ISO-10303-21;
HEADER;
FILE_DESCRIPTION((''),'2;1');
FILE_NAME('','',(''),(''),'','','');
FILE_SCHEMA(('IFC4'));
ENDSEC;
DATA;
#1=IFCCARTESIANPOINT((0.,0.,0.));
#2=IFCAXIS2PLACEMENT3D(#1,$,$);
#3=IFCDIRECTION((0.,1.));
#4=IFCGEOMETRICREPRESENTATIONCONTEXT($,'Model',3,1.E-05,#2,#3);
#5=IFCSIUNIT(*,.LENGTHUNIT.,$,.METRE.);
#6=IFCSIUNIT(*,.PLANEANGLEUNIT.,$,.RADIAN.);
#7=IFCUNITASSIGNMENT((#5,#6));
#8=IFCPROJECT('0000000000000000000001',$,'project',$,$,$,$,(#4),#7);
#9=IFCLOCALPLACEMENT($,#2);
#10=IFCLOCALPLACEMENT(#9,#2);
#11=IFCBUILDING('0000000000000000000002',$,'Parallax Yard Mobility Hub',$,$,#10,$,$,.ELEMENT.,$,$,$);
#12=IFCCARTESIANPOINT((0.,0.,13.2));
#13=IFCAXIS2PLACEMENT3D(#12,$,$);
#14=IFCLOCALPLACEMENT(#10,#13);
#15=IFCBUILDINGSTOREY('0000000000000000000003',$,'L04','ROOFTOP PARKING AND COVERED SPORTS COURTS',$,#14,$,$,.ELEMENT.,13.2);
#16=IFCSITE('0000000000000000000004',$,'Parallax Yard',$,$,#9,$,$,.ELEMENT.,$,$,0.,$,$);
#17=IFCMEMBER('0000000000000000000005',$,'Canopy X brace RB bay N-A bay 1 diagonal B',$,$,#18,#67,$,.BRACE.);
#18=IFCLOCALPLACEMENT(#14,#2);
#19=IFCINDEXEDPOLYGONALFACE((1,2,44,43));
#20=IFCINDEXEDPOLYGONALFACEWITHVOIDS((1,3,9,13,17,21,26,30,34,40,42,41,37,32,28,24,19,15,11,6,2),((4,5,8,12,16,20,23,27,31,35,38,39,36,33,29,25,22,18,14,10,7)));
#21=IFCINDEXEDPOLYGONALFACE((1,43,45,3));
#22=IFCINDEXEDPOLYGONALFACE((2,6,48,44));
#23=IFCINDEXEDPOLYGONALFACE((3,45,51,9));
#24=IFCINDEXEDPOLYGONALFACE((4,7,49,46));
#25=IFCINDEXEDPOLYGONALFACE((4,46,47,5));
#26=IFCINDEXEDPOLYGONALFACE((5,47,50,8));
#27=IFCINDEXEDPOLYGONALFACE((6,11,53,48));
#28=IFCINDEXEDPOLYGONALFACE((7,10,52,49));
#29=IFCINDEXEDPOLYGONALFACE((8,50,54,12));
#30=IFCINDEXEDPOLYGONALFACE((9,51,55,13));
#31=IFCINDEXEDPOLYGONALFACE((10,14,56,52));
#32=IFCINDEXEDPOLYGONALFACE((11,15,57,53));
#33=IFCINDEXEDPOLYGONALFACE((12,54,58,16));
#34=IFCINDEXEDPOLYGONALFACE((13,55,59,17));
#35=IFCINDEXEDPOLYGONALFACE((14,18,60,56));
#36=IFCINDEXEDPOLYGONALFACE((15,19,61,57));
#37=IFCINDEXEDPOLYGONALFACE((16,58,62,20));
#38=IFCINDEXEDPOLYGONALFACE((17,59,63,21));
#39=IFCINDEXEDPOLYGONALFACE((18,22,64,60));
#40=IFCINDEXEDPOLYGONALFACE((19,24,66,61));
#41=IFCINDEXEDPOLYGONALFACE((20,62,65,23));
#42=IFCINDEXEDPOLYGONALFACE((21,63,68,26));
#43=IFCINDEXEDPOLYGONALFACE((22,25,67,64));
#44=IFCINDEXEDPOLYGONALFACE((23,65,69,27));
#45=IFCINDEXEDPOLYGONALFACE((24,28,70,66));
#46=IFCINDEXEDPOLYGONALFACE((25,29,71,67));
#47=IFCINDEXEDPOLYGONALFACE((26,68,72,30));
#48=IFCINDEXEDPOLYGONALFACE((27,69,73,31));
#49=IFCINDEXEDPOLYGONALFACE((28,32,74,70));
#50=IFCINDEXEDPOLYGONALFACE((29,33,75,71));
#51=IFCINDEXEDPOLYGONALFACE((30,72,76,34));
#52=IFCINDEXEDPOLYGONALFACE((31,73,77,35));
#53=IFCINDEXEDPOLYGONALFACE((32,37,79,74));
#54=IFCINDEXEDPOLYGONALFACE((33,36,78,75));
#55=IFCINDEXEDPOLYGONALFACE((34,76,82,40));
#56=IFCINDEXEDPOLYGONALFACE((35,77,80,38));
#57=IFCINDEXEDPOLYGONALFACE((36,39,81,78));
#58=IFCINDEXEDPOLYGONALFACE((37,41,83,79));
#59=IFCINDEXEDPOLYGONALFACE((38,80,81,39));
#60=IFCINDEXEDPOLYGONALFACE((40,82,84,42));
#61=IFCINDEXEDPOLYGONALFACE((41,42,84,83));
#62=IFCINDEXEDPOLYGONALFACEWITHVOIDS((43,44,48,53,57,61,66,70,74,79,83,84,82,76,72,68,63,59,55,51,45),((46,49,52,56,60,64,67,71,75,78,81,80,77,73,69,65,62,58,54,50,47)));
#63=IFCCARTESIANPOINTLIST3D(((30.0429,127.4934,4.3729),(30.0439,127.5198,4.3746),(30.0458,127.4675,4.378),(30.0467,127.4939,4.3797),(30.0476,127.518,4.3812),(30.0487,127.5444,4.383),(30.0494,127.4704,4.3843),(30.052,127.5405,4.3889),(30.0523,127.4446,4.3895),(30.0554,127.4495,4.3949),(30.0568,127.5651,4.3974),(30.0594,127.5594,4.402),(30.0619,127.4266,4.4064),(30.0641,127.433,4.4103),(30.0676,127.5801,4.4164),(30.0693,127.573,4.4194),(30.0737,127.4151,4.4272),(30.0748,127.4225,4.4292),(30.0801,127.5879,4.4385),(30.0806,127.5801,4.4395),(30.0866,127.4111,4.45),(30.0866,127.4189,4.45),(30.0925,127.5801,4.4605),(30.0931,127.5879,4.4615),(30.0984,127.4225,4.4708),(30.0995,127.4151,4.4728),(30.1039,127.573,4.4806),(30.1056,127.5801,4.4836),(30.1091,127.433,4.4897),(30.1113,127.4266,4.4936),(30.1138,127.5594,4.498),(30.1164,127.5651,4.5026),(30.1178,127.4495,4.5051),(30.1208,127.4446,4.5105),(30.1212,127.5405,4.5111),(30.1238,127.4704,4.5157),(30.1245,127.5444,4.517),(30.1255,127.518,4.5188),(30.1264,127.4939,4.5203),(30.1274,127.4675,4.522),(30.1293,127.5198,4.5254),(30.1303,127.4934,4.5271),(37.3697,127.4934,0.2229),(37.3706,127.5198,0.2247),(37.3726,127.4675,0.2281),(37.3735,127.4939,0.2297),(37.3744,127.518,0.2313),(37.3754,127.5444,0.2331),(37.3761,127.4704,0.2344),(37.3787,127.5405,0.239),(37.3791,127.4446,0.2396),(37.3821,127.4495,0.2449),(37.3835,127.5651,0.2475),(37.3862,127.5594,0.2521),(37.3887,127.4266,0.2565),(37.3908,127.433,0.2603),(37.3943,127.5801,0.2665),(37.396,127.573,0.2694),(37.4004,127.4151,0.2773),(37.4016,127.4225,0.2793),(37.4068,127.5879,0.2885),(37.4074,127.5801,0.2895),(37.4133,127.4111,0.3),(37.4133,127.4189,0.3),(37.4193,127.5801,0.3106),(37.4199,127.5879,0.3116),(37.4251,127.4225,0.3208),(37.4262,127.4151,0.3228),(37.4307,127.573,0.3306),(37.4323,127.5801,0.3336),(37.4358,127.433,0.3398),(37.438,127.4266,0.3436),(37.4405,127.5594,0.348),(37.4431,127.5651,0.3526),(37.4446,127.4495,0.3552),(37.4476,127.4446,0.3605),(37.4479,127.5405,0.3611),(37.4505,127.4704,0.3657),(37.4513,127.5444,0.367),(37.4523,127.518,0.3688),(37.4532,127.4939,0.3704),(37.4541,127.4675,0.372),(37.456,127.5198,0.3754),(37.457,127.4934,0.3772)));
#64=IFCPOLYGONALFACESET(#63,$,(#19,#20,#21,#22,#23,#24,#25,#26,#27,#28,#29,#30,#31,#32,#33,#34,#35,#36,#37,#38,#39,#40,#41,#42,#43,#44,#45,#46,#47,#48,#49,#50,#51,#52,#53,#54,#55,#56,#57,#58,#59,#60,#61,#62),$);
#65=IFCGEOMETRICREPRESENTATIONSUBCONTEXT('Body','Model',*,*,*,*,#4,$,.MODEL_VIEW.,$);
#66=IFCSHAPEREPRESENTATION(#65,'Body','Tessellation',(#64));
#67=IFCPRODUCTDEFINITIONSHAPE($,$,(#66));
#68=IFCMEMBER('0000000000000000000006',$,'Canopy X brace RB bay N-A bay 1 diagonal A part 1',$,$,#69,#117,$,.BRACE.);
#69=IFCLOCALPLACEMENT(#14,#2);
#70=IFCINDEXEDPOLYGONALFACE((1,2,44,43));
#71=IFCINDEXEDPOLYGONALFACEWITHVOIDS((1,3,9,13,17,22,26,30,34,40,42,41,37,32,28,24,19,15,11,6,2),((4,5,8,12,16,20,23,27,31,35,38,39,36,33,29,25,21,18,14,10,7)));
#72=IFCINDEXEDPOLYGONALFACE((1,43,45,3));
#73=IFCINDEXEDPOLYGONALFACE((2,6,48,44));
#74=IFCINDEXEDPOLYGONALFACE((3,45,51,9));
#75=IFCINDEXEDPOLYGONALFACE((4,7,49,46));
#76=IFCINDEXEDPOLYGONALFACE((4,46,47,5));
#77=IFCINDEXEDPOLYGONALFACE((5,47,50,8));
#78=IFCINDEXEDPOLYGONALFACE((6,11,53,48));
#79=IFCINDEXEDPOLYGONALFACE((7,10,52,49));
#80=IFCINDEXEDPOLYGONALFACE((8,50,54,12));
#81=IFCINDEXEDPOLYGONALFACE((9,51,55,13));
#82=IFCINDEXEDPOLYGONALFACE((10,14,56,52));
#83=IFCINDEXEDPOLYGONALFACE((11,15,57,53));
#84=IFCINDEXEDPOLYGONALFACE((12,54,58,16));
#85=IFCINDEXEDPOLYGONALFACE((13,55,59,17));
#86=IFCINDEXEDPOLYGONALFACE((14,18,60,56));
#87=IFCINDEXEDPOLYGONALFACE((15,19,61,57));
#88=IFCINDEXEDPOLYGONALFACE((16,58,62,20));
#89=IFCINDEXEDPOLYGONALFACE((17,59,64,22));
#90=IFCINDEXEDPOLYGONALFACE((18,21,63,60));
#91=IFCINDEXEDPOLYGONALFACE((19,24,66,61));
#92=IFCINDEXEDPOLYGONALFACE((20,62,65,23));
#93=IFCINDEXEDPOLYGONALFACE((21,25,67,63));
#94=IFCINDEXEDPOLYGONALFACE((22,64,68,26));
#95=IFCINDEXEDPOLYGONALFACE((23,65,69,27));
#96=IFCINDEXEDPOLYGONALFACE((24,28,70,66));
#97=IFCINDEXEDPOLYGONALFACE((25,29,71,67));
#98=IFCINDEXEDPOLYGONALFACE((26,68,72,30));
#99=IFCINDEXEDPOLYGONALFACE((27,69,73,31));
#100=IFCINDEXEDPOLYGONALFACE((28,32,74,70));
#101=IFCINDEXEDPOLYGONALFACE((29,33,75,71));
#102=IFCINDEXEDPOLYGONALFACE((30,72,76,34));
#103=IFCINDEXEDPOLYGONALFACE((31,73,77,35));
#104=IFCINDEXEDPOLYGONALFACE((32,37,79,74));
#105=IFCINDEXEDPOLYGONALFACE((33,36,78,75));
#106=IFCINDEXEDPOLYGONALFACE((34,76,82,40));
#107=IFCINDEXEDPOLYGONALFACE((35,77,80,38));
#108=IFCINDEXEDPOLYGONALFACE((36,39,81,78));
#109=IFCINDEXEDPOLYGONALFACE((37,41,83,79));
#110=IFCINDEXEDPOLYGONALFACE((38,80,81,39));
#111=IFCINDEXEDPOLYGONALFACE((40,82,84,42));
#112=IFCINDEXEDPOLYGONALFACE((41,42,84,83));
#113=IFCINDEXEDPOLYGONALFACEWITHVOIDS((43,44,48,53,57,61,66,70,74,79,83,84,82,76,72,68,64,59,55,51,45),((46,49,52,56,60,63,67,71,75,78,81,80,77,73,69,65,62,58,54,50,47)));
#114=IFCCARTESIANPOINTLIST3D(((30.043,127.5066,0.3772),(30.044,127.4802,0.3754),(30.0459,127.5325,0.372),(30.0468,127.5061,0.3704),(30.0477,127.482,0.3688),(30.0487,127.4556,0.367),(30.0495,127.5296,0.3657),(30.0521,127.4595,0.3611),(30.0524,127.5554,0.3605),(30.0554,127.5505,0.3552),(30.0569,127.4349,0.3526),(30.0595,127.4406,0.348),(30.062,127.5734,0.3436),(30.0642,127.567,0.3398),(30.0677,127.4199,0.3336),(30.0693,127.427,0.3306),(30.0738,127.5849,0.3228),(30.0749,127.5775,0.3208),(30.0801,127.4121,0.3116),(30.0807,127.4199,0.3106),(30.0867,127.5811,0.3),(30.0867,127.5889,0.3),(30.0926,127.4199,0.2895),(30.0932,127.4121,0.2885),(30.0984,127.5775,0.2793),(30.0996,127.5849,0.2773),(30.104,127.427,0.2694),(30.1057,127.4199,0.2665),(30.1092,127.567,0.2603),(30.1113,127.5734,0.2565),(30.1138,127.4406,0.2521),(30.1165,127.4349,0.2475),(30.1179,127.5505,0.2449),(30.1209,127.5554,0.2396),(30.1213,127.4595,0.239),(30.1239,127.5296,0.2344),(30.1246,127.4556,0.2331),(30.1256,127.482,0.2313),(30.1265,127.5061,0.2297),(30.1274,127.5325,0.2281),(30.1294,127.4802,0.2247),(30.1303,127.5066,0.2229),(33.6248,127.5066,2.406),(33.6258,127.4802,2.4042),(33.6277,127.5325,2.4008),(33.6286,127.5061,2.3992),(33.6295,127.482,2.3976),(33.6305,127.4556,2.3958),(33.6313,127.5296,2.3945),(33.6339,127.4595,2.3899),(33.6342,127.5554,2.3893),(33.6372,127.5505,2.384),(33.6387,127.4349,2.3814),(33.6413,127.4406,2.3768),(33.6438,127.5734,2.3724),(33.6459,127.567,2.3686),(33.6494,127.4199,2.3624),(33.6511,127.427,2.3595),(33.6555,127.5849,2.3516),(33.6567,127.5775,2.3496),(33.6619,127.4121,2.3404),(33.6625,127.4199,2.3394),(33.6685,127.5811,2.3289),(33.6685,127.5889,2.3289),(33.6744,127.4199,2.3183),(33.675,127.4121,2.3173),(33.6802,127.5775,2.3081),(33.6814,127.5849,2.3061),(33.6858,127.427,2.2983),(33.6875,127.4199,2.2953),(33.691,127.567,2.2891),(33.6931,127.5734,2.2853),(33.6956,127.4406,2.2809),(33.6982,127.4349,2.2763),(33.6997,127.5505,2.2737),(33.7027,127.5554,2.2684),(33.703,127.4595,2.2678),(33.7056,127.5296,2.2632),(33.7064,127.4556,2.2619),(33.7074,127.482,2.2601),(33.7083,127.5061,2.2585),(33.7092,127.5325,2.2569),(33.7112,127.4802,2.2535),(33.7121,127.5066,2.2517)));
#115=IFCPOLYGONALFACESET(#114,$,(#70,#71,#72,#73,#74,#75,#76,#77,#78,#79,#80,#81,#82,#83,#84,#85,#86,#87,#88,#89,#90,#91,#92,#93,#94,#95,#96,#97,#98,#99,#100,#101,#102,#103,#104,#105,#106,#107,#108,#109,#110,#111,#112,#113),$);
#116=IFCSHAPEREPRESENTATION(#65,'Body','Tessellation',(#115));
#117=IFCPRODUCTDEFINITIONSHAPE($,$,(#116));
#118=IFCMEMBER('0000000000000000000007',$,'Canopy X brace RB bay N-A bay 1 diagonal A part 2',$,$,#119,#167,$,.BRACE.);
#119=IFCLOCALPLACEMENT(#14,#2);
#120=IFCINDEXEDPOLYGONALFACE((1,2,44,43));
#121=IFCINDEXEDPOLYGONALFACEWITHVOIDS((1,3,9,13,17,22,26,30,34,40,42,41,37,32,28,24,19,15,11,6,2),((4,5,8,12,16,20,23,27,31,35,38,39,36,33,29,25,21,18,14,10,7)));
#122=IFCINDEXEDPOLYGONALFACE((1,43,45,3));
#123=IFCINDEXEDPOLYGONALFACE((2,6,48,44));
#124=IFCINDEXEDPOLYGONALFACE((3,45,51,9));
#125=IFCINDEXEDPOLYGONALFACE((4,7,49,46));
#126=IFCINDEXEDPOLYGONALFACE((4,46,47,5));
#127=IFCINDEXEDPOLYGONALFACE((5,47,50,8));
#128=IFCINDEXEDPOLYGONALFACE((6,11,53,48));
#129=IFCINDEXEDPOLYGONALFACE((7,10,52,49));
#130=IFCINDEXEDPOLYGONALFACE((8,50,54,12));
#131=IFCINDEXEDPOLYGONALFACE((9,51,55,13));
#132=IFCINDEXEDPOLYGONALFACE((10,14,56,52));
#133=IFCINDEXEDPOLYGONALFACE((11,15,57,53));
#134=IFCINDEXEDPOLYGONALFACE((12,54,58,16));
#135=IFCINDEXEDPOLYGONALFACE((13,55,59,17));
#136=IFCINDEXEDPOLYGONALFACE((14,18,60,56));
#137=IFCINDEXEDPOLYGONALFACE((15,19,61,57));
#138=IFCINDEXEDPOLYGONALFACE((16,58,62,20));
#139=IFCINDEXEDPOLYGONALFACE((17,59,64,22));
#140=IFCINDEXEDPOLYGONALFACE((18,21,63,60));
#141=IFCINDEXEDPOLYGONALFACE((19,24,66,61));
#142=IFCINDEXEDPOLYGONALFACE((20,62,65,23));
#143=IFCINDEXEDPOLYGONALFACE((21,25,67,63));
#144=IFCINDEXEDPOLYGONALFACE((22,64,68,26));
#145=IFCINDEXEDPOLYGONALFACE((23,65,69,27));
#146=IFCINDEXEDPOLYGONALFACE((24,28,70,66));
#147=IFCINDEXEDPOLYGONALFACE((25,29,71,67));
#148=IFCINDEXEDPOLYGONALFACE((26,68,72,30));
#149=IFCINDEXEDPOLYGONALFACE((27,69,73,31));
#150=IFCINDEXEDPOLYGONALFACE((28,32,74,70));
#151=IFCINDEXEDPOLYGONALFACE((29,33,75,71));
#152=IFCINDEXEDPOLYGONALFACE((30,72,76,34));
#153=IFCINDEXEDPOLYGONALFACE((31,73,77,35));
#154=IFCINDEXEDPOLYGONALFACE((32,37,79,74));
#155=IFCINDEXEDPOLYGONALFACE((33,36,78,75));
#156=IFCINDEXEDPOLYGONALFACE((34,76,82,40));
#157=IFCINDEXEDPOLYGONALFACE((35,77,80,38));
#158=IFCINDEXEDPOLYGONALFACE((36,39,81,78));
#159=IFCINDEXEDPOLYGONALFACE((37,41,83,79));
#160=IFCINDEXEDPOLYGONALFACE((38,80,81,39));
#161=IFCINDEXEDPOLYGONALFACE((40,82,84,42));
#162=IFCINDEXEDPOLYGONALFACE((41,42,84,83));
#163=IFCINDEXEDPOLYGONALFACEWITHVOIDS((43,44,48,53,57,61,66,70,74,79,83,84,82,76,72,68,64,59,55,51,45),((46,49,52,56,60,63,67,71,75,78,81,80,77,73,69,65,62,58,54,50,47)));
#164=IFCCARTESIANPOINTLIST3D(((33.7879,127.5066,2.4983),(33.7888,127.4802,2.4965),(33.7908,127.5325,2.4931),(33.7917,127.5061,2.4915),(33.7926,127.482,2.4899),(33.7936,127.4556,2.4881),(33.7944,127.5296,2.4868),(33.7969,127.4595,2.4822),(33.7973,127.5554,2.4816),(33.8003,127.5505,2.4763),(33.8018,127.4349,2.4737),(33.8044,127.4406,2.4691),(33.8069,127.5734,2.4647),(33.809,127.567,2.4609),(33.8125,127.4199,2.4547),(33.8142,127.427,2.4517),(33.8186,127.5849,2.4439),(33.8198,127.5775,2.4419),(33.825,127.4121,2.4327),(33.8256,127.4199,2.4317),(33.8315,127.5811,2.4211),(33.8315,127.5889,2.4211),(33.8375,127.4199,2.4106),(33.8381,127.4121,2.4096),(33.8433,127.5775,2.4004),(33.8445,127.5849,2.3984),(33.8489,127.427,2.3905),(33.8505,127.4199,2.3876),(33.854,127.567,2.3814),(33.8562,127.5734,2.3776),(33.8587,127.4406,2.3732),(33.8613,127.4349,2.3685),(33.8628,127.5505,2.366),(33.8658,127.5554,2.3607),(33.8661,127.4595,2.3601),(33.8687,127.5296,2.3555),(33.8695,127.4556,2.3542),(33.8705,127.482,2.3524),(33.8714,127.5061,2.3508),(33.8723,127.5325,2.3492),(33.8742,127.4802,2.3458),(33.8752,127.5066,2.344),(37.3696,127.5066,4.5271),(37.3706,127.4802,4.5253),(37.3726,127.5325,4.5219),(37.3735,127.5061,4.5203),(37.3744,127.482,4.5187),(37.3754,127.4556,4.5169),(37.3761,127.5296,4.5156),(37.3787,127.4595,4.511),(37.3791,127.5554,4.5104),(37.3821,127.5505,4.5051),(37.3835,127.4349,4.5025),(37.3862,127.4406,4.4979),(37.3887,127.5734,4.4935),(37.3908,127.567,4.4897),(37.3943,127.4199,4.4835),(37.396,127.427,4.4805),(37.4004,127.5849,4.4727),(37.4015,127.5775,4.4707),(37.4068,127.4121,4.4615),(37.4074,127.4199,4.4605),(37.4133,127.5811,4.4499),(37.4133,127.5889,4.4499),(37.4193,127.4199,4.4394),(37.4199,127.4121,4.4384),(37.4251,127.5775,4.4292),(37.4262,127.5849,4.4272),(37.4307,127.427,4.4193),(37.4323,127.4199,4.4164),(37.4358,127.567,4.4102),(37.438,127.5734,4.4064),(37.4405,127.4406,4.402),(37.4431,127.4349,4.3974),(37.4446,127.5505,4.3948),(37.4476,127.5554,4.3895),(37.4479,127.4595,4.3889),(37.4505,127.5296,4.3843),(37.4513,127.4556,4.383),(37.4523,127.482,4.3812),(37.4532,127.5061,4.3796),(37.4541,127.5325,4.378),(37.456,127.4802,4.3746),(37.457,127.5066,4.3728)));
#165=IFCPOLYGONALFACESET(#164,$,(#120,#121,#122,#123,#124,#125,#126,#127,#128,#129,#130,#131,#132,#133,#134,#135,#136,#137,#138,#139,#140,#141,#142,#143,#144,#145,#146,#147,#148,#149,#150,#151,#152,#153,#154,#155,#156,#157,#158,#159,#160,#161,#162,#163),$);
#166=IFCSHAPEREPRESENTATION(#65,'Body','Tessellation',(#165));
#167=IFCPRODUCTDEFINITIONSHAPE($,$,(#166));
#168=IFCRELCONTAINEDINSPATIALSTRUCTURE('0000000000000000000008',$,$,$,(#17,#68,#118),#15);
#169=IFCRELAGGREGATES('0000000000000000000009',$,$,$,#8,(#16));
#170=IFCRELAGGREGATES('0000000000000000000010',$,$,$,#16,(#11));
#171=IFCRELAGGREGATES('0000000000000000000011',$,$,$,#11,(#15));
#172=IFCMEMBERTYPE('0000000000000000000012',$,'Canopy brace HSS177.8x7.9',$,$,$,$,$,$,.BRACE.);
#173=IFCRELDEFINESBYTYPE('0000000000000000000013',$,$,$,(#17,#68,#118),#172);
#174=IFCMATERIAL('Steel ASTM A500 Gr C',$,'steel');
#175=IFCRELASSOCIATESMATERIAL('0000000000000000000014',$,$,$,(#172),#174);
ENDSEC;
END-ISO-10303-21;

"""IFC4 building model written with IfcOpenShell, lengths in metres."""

from ifc_helpers import new_model, si_unit, direction, frame, origin, origin_2d, place, context, subcontext, project, spatial, hollow_circle, extrude, material, material_profile, profile_set, type_object, element, save


model = new_model("IFC4")

# Units and contexts
model_context = context("Model", 3, precision=1e-05, world=origin(), true_north=direction((0.0, 1.0)))
body_context = subcontext(model_context, "Body", "Model", "MODEL_VIEW")
ifc_project = project(units=[si_unit("LENGTHUNIT", "METRE"), si_unit("PLANEANGLEUNIT", "RADIAN")], contexts=[model_context])

# Site, building, storey
site_placement = place(None, origin())
site = spatial("IfcSite", under=ifc_project, at=site_placement, Name="Parallax Yard", CompositionType="ELEMENT", RefElevation=0.0)
building_placement = place(site_placement, origin())
building = spatial("IfcBuilding", under=site, at=building_placement, Name="Parallax Yard Mobility Hub", CompositionType="ELEMENT")
storey_placement = place(building_placement, frame((0.0, 0.0, 13.2)))
storey = spatial("IfcBuildingStorey", under=building, at=storey_placement, Name="L04", Description="ROOFTOP PARKING AND COVERED SPORTS COURTS", CompositionType="ELEMENT", Elevation=13.2)

# Members
ifc_material_1 = material(Name="Steel ASTM A500 Gr C", Category="steel")
ifc_material_profile_1 = material_profile(ifc_material_1, hollow_circle(Radius=0.0889, WallThickness=0.0078, at=origin_2d()), Name="HSS177.8x7.9")
ifc_profile_set_1 = profile_set([ifc_material_profile_1], Name="Steel ASTM A500 Gr C")
member_type_1 = type_object("IfcMemberType", Name="Canopy brace HSS177.8x7.9", PredefinedType="BRACE", material=ifc_profile_set_1)
member_1_placement = place(storey_placement, frame((37.4133, 127.5, 0.3), z_axis=(-0.870118, 0.0, 0.492844), x_axis=(0.0, -1.0, 0.0)))
element("IfcMember", 1, at=member_1_placement, inside=storey, type_object=member_type_1, Name="Canopy X brace RB bay N-A bay 1 diagonal B", PredefinedType="BRACE", context=body_context, shape_type="SweptSolid", body=[
    extrude(hollow_circle(Radius=0.0889, WallThickness=0.0078, at=origin_2d()), origin(), (0.0, 0.0, 1.0), 8.4204),
])
for number, where, z_axis, x_axis, name in (
    (2, (30.0867, 127.5, 0.3), (0.870113, 0.0, 0.492852), (0.0, 1.0, 0.0), "Canopy X brace RB bay N-A bay 1 diagonal A part 1"),
    (3, (33.8315, 127.5, 2.4211), (0.870113, 0.0, 0.492852), (0.0, 1.0, 0.0), "Canopy X brace RB bay N-A bay 1 diagonal A part 2"),
):
    element("IfcMember", number, at=place(storey_placement, frame(where, z_axis=z_axis, x_axis=x_axis)), inside=storey, type_object=member_type_1, Name=name, PredefinedType="BRACE", context=body_context, shape_type="SweptSolid", body=[
        extrude(hollow_circle(Radius=0.0889, WallThickness=0.0078, at=origin_2d()), origin(), (0.0, 0.0, 1.0), 4.1165),
    ])

save(model, "model.ifc")
